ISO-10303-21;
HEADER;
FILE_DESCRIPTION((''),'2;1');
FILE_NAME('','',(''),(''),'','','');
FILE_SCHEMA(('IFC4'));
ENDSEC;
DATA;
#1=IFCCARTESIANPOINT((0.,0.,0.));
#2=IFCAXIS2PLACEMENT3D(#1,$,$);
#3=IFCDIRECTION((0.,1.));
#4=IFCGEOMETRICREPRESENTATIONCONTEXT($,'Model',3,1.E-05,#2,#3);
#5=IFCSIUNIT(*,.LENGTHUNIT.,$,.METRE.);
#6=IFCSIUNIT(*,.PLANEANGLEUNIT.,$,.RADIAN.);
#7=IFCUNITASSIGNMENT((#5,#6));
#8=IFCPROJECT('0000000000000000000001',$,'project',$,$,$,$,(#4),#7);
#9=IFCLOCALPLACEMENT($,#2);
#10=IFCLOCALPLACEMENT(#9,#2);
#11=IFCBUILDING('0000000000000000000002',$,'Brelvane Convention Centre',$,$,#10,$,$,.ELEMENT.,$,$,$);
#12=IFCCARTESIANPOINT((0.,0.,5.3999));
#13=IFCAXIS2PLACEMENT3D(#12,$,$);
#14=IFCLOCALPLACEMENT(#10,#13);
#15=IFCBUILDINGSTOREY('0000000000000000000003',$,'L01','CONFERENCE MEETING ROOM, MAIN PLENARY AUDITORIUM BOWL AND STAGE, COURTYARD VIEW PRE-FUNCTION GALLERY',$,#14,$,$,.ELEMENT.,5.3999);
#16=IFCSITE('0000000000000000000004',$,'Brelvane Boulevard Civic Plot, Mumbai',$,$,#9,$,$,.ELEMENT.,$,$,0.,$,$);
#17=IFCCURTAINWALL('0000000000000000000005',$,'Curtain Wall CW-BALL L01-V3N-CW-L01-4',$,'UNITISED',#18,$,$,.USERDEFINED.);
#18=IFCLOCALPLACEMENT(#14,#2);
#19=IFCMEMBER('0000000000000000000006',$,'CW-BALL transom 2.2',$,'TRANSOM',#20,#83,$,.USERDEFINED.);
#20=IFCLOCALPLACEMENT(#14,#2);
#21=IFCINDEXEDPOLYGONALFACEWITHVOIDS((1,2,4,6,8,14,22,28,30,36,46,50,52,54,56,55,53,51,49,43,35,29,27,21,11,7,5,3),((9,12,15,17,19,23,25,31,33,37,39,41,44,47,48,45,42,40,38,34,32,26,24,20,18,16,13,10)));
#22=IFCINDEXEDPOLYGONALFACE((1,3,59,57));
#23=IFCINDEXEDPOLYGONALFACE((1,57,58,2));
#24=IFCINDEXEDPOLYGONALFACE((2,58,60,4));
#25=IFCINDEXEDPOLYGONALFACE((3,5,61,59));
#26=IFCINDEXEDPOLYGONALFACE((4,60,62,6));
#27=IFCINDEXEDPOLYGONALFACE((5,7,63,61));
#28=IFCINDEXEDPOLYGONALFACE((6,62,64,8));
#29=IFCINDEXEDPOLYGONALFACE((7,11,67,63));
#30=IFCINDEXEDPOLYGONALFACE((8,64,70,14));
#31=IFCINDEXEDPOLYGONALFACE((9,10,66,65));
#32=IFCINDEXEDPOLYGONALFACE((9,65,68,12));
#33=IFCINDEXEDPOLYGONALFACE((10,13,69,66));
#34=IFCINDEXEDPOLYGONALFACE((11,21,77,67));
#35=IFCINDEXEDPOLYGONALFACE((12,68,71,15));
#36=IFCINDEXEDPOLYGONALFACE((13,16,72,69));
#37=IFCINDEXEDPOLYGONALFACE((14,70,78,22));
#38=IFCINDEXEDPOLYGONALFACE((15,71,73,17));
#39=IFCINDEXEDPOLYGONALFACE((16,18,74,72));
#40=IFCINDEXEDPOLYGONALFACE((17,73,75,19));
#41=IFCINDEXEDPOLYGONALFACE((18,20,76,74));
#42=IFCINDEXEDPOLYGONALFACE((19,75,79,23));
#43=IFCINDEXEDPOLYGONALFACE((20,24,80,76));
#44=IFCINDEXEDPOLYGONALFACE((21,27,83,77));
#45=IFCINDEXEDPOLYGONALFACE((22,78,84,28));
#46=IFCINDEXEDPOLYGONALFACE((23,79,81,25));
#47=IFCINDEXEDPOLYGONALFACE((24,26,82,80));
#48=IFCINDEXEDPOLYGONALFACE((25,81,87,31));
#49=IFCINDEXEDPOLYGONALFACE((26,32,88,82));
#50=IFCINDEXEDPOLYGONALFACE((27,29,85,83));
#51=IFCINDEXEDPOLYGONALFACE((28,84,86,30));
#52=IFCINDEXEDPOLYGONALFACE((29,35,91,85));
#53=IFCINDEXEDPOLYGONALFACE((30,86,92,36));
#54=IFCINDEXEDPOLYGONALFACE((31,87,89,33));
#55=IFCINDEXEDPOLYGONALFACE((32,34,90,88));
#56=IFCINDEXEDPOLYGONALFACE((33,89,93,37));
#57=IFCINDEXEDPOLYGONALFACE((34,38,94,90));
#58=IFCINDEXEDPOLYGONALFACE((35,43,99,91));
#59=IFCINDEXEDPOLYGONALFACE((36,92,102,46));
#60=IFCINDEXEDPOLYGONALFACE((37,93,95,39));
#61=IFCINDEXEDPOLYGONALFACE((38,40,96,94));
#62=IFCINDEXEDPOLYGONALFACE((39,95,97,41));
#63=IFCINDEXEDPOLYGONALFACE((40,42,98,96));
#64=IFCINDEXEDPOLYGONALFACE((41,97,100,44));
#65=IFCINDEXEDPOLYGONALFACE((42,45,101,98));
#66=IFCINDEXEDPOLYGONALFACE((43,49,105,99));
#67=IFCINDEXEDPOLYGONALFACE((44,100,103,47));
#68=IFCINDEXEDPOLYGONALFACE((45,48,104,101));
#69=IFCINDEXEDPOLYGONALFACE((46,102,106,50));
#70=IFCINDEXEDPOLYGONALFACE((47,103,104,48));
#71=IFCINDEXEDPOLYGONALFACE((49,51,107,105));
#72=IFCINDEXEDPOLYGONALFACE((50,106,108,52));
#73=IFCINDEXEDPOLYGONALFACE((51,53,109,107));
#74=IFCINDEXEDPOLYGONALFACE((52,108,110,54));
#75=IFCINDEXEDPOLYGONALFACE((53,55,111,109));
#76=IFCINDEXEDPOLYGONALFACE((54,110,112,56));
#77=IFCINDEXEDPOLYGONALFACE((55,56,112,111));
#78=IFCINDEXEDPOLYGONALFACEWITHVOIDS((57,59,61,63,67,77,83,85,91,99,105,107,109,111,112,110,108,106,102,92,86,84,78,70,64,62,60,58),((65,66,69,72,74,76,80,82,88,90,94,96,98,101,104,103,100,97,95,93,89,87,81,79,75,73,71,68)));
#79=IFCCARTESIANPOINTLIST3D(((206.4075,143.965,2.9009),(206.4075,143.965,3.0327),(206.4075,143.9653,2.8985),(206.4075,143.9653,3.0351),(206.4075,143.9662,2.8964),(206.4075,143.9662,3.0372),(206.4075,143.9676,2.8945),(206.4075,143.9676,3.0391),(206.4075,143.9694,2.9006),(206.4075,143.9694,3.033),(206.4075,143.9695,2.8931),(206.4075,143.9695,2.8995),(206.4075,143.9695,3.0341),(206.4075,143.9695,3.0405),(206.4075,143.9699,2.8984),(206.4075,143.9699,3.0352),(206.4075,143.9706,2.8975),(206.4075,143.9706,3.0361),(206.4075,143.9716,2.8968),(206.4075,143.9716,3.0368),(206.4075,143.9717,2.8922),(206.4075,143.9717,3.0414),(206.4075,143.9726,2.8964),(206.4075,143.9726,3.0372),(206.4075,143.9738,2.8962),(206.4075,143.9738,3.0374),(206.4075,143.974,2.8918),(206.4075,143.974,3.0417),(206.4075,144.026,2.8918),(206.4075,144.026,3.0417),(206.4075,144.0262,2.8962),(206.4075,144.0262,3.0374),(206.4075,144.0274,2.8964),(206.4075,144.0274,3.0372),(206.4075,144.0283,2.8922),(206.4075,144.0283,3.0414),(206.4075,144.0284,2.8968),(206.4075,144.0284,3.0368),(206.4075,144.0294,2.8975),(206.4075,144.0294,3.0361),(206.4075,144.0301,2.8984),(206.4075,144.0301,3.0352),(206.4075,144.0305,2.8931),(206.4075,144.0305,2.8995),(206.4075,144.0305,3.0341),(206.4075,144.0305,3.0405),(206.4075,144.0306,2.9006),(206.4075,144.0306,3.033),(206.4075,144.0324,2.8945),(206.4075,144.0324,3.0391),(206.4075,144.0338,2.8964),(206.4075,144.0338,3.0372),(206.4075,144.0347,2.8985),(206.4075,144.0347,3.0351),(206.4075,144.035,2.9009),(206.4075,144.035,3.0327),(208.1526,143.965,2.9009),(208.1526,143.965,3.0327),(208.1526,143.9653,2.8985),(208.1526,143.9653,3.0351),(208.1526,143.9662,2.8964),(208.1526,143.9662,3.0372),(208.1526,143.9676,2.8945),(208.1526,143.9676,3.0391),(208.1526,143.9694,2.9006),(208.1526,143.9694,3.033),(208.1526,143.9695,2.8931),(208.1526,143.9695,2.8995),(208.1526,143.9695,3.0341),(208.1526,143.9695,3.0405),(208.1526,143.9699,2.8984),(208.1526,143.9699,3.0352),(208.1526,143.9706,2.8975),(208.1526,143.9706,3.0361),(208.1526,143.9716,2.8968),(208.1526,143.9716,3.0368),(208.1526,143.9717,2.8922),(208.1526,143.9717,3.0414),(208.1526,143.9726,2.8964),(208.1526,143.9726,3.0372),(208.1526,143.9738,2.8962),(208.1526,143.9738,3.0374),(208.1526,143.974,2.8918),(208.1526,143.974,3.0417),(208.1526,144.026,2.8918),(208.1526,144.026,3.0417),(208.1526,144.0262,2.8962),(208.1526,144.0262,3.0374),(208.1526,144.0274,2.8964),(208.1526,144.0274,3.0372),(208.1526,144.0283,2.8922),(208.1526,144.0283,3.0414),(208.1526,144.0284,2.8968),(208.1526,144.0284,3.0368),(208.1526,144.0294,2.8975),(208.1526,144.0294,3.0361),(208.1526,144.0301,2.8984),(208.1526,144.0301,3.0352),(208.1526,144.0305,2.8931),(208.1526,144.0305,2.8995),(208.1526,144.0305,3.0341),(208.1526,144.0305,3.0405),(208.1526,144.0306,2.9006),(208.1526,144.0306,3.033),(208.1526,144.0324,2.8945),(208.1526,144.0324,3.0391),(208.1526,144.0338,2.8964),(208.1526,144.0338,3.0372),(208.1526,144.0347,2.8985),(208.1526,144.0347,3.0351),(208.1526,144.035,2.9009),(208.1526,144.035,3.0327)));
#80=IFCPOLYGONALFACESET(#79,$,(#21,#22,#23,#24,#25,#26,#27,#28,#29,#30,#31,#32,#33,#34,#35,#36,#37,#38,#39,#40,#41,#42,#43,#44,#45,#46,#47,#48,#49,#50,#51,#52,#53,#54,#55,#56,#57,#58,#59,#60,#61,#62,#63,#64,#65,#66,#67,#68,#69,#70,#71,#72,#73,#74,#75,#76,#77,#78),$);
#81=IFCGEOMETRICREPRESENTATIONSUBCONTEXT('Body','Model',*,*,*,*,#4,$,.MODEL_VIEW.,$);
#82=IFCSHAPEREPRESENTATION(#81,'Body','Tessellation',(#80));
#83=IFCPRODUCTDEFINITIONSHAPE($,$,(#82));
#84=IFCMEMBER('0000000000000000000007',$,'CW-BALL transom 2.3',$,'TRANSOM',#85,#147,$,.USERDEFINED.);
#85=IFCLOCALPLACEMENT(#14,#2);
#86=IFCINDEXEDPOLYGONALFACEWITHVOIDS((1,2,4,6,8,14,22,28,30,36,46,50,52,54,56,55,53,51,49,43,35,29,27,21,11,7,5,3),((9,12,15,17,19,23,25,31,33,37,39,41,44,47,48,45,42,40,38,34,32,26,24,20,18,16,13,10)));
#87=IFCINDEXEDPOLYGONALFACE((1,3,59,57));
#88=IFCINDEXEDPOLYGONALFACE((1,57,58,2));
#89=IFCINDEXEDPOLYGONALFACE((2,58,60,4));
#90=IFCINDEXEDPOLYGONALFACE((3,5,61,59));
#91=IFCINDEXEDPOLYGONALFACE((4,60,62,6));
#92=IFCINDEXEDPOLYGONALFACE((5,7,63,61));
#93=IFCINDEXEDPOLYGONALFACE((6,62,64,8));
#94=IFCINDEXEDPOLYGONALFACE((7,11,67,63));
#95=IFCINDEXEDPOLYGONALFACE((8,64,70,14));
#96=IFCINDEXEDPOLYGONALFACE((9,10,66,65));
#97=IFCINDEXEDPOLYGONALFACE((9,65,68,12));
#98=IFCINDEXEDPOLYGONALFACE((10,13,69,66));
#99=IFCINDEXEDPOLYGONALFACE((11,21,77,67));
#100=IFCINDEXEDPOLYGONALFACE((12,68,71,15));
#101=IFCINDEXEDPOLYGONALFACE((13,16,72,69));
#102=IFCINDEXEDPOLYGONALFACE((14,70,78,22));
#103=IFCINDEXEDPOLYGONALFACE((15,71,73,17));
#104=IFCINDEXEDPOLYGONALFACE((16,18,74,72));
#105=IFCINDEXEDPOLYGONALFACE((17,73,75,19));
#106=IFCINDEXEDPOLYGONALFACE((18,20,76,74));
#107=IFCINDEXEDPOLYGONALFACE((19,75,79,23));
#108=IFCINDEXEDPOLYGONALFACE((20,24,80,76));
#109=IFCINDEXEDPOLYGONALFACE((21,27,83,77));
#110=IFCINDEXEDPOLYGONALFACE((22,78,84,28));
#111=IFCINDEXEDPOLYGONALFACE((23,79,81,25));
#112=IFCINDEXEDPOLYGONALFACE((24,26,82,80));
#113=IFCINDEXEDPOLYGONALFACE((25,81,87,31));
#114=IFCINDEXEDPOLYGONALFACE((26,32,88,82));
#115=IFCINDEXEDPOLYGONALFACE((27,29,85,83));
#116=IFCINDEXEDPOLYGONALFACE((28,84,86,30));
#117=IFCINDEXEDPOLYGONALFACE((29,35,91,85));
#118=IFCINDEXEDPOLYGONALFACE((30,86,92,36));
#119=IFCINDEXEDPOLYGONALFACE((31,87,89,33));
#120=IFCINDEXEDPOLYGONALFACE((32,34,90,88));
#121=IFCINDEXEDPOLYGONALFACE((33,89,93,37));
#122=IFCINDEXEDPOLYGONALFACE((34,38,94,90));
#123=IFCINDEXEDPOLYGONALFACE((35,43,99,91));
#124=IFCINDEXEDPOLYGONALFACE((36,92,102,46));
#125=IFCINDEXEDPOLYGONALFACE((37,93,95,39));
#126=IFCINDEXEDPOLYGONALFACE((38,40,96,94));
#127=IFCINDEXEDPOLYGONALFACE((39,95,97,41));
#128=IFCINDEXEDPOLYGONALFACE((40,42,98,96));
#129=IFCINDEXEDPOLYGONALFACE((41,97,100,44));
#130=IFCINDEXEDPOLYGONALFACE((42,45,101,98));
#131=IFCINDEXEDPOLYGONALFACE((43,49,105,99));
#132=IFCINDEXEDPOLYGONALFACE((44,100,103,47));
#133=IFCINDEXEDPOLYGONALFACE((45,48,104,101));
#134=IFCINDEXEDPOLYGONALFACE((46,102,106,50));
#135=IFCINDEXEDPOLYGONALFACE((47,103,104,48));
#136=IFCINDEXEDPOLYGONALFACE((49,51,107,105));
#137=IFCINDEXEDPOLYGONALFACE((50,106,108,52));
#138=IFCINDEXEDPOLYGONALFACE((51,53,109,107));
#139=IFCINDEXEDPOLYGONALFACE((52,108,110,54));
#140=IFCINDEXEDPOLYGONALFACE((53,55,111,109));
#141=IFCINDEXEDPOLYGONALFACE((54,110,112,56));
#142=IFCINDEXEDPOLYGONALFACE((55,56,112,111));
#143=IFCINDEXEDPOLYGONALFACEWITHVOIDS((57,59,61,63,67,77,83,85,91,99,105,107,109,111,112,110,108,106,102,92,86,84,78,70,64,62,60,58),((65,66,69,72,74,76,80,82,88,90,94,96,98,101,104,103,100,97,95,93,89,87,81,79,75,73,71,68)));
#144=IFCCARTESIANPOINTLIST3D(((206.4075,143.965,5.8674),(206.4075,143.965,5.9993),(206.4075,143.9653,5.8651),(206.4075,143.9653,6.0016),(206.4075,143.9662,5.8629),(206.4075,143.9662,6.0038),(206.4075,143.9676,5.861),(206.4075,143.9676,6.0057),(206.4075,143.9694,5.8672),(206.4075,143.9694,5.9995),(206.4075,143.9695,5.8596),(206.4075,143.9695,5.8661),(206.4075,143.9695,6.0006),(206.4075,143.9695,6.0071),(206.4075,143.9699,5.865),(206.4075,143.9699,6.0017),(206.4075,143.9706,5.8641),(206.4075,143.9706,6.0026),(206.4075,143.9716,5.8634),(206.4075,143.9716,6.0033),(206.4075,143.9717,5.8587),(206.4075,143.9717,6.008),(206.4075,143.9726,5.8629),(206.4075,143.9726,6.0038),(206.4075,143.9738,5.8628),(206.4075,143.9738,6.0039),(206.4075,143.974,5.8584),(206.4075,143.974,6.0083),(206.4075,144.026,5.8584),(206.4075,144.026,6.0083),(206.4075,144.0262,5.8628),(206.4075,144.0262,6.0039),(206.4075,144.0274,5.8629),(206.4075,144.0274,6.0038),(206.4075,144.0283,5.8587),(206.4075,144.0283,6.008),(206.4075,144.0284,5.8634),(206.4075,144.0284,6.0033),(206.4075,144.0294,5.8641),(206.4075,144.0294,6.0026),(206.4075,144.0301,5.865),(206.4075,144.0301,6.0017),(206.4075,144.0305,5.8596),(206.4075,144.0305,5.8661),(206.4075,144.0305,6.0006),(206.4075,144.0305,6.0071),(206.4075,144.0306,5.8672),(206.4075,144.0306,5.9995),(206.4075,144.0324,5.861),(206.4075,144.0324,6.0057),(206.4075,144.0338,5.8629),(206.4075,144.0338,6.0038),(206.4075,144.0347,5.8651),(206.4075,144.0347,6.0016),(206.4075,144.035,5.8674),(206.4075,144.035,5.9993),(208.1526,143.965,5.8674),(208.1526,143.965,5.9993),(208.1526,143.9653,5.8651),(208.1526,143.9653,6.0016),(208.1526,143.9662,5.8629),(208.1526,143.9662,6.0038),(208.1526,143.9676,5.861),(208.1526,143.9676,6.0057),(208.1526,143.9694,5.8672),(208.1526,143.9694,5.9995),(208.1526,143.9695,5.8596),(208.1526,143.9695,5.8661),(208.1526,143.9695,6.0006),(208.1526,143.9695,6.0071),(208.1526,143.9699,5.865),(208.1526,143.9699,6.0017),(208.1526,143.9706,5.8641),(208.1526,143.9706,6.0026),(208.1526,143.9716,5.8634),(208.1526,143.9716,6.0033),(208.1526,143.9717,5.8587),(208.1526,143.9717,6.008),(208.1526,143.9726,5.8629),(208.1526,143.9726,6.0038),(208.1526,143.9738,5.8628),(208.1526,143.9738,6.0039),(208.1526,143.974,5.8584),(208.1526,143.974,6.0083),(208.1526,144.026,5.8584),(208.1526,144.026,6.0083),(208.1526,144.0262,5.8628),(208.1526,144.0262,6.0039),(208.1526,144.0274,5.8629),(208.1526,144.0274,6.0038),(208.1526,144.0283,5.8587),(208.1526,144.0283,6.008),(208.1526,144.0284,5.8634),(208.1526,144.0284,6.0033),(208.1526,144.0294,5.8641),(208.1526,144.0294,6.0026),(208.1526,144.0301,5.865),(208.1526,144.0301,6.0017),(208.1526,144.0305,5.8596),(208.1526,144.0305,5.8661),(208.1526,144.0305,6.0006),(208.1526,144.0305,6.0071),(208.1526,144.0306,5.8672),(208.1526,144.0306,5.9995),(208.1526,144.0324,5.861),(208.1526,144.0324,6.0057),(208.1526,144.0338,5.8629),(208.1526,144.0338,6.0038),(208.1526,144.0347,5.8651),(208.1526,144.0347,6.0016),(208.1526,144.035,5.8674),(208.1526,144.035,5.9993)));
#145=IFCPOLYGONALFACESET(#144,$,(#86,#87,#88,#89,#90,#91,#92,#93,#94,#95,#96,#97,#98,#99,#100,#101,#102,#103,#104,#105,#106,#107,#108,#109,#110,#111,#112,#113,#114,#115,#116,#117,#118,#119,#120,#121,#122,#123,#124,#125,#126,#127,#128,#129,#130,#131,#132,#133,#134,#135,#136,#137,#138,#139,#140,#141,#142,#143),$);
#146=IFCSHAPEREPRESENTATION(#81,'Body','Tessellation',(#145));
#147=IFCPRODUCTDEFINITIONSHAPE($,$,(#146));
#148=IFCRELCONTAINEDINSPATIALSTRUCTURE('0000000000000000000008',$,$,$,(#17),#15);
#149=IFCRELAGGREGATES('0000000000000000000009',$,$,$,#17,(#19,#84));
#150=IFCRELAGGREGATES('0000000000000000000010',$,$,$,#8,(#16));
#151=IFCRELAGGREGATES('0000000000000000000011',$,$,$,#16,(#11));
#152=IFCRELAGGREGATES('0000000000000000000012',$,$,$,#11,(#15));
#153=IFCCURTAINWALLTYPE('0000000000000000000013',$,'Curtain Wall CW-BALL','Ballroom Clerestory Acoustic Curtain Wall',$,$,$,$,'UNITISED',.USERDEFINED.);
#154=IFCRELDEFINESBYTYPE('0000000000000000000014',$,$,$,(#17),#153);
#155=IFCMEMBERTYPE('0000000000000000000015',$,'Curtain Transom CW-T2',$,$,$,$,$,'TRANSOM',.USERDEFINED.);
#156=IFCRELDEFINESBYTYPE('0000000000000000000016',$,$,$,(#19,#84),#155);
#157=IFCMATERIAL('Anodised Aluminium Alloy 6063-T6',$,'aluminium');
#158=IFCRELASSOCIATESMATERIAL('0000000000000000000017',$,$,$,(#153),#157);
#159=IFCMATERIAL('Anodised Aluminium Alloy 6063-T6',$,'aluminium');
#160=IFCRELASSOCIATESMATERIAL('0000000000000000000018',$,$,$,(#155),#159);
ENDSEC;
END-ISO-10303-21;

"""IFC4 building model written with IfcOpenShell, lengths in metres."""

from ifc_helpers import new_model, si_unit, direction, frame, origin, origin_2d, place, context, subcontext, project, spatial, hollow_rectangle, extrude, material, material_profile, profile_set, type_object, element, aggregate, save


model = new_model("IFC4")

# Units and contexts
model_context = context("Model", 3, precision=1e-05, world=origin(), true_north=direction((0.0, 1.0)))
body_context = subcontext(model_context, "Body", "Model", "MODEL_VIEW")
ifc_project = project(units=[si_unit("LENGTHUNIT", "METRE"), si_unit("PLANEANGLEUNIT", "RADIAN")], contexts=[model_context])

# Site, building, storey
site_placement = place(None, origin())
site = spatial("IfcSite", under=ifc_project, at=site_placement, Name="Brelvane Boulevard Civic Plot, Mumbai", CompositionType="ELEMENT", RefElevation=0.0)
building_placement = place(site_placement, origin())
building = spatial("IfcBuilding", under=site, at=building_placement, Name="Brelvane Convention Centre", CompositionType="ELEMENT")
storey_placement = place(building_placement, frame((0.0, 0.0, 5.3999)))
storey = spatial("IfcBuildingStorey", under=building, at=storey_placement, Name="L01", Description="CONFERENCE MEETING ROOM, MAIN PLENARY AUDITORIUM BOWL AND STAGE, COURTYARD VIEW PRE-FUNCTION GALLERY", CompositionType="ELEMENT", Elevation=5.3999)

# Curtain wall
ifc_material_1 = material(Name="Anodised Aluminium Alloy 6063-T6", Category="aluminium")
curtain_wall_type = type_object("IfcCurtainWallType", Name="Curtain Wall CW-BALL", Description="Ballroom Clerestory Acoustic Curtain Wall", ElementType="UNITISED", PredefinedType="USERDEFINED", material=ifc_material_1)
curtain_wall_1_placement = place(storey_placement, origin())
curtain_wall_1 = element("IfcCurtainWall", 1, at=curtain_wall_1_placement, inside=storey, type_object=curtain_wall_type, Name="Curtain Wall CW-BALL L01-V3N-CW-L01-4", ObjectType="UNITISED", PredefinedType="USERDEFINED")

# Members
ifc_material_2 = material(Name="Anodised Aluminium Alloy 6063-T6", Category="aluminium")
ifc_material_profile_1 = material_profile(ifc_material_2, hollow_rectangle(XDim=0.0701, YDim=0.1499, WallThickness=0.0044, InnerFilletRadius=0.0044, OuterFilletRadius=0.009, at=origin_2d()), Name="ALU-T 150x70x4.5")
ifc_profile_set_1 = profile_set([ifc_material_profile_1], Name="Anodised Aluminium Alloy 6063-T6")
member_type_1 = type_object("IfcMemberType", Name="Curtain Transom CW-T2", ElementType="TRANSOM", PredefinedType="USERDEFINED", material=ifc_profile_set_1)
member_1_placement = place(storey_placement, frame((206.4075, 144.0, 2.9668), z_axis=(1.0, 0.0, 0.0), x_axis=(0.0, 1.0, 0.0)))
member_1 = element("IfcMember", 2, at=member_1_placement, type_object=member_type_1, Name="CW-BALL transom 2.2", ObjectType="TRANSOM", PredefinedType="USERDEFINED", context=body_context, shape_type="SweptSolid", body=[
    extrude(hollow_rectangle(XDim=0.0701, YDim=0.1499, WallThickness=0.0044, InnerFilletRadius=0.0044, OuterFilletRadius=0.009, at=origin_2d()), origin(), (0.0, 0.0, 1.0), 1.7451),
])
member_2_placement = place(storey_placement, frame((206.4075, 144.0, 5.9333), z_axis=(1.0, 0.0, 0.0), x_axis=(0.0, 1.0, 0.0)))
member_2 = element("IfcMember", 3, at=member_2_placement, type_object=member_type_1, Name="CW-BALL transom 2.3", ObjectType="TRANSOM", PredefinedType="USERDEFINED", context=body_context, shape_type="SweptSolid", body=[
    extrude(hollow_rectangle(XDim=0.0701, YDim=0.1499, WallThickness=0.0044, InnerFilletRadius=0.0044, OuterFilletRadius=0.009, at=origin_2d()), origin(), (0.0, 0.0, 1.0), 1.7451),
])

aggregate(curtain_wall_1, [member_1, member_2])

save(model, "model.ifc")
